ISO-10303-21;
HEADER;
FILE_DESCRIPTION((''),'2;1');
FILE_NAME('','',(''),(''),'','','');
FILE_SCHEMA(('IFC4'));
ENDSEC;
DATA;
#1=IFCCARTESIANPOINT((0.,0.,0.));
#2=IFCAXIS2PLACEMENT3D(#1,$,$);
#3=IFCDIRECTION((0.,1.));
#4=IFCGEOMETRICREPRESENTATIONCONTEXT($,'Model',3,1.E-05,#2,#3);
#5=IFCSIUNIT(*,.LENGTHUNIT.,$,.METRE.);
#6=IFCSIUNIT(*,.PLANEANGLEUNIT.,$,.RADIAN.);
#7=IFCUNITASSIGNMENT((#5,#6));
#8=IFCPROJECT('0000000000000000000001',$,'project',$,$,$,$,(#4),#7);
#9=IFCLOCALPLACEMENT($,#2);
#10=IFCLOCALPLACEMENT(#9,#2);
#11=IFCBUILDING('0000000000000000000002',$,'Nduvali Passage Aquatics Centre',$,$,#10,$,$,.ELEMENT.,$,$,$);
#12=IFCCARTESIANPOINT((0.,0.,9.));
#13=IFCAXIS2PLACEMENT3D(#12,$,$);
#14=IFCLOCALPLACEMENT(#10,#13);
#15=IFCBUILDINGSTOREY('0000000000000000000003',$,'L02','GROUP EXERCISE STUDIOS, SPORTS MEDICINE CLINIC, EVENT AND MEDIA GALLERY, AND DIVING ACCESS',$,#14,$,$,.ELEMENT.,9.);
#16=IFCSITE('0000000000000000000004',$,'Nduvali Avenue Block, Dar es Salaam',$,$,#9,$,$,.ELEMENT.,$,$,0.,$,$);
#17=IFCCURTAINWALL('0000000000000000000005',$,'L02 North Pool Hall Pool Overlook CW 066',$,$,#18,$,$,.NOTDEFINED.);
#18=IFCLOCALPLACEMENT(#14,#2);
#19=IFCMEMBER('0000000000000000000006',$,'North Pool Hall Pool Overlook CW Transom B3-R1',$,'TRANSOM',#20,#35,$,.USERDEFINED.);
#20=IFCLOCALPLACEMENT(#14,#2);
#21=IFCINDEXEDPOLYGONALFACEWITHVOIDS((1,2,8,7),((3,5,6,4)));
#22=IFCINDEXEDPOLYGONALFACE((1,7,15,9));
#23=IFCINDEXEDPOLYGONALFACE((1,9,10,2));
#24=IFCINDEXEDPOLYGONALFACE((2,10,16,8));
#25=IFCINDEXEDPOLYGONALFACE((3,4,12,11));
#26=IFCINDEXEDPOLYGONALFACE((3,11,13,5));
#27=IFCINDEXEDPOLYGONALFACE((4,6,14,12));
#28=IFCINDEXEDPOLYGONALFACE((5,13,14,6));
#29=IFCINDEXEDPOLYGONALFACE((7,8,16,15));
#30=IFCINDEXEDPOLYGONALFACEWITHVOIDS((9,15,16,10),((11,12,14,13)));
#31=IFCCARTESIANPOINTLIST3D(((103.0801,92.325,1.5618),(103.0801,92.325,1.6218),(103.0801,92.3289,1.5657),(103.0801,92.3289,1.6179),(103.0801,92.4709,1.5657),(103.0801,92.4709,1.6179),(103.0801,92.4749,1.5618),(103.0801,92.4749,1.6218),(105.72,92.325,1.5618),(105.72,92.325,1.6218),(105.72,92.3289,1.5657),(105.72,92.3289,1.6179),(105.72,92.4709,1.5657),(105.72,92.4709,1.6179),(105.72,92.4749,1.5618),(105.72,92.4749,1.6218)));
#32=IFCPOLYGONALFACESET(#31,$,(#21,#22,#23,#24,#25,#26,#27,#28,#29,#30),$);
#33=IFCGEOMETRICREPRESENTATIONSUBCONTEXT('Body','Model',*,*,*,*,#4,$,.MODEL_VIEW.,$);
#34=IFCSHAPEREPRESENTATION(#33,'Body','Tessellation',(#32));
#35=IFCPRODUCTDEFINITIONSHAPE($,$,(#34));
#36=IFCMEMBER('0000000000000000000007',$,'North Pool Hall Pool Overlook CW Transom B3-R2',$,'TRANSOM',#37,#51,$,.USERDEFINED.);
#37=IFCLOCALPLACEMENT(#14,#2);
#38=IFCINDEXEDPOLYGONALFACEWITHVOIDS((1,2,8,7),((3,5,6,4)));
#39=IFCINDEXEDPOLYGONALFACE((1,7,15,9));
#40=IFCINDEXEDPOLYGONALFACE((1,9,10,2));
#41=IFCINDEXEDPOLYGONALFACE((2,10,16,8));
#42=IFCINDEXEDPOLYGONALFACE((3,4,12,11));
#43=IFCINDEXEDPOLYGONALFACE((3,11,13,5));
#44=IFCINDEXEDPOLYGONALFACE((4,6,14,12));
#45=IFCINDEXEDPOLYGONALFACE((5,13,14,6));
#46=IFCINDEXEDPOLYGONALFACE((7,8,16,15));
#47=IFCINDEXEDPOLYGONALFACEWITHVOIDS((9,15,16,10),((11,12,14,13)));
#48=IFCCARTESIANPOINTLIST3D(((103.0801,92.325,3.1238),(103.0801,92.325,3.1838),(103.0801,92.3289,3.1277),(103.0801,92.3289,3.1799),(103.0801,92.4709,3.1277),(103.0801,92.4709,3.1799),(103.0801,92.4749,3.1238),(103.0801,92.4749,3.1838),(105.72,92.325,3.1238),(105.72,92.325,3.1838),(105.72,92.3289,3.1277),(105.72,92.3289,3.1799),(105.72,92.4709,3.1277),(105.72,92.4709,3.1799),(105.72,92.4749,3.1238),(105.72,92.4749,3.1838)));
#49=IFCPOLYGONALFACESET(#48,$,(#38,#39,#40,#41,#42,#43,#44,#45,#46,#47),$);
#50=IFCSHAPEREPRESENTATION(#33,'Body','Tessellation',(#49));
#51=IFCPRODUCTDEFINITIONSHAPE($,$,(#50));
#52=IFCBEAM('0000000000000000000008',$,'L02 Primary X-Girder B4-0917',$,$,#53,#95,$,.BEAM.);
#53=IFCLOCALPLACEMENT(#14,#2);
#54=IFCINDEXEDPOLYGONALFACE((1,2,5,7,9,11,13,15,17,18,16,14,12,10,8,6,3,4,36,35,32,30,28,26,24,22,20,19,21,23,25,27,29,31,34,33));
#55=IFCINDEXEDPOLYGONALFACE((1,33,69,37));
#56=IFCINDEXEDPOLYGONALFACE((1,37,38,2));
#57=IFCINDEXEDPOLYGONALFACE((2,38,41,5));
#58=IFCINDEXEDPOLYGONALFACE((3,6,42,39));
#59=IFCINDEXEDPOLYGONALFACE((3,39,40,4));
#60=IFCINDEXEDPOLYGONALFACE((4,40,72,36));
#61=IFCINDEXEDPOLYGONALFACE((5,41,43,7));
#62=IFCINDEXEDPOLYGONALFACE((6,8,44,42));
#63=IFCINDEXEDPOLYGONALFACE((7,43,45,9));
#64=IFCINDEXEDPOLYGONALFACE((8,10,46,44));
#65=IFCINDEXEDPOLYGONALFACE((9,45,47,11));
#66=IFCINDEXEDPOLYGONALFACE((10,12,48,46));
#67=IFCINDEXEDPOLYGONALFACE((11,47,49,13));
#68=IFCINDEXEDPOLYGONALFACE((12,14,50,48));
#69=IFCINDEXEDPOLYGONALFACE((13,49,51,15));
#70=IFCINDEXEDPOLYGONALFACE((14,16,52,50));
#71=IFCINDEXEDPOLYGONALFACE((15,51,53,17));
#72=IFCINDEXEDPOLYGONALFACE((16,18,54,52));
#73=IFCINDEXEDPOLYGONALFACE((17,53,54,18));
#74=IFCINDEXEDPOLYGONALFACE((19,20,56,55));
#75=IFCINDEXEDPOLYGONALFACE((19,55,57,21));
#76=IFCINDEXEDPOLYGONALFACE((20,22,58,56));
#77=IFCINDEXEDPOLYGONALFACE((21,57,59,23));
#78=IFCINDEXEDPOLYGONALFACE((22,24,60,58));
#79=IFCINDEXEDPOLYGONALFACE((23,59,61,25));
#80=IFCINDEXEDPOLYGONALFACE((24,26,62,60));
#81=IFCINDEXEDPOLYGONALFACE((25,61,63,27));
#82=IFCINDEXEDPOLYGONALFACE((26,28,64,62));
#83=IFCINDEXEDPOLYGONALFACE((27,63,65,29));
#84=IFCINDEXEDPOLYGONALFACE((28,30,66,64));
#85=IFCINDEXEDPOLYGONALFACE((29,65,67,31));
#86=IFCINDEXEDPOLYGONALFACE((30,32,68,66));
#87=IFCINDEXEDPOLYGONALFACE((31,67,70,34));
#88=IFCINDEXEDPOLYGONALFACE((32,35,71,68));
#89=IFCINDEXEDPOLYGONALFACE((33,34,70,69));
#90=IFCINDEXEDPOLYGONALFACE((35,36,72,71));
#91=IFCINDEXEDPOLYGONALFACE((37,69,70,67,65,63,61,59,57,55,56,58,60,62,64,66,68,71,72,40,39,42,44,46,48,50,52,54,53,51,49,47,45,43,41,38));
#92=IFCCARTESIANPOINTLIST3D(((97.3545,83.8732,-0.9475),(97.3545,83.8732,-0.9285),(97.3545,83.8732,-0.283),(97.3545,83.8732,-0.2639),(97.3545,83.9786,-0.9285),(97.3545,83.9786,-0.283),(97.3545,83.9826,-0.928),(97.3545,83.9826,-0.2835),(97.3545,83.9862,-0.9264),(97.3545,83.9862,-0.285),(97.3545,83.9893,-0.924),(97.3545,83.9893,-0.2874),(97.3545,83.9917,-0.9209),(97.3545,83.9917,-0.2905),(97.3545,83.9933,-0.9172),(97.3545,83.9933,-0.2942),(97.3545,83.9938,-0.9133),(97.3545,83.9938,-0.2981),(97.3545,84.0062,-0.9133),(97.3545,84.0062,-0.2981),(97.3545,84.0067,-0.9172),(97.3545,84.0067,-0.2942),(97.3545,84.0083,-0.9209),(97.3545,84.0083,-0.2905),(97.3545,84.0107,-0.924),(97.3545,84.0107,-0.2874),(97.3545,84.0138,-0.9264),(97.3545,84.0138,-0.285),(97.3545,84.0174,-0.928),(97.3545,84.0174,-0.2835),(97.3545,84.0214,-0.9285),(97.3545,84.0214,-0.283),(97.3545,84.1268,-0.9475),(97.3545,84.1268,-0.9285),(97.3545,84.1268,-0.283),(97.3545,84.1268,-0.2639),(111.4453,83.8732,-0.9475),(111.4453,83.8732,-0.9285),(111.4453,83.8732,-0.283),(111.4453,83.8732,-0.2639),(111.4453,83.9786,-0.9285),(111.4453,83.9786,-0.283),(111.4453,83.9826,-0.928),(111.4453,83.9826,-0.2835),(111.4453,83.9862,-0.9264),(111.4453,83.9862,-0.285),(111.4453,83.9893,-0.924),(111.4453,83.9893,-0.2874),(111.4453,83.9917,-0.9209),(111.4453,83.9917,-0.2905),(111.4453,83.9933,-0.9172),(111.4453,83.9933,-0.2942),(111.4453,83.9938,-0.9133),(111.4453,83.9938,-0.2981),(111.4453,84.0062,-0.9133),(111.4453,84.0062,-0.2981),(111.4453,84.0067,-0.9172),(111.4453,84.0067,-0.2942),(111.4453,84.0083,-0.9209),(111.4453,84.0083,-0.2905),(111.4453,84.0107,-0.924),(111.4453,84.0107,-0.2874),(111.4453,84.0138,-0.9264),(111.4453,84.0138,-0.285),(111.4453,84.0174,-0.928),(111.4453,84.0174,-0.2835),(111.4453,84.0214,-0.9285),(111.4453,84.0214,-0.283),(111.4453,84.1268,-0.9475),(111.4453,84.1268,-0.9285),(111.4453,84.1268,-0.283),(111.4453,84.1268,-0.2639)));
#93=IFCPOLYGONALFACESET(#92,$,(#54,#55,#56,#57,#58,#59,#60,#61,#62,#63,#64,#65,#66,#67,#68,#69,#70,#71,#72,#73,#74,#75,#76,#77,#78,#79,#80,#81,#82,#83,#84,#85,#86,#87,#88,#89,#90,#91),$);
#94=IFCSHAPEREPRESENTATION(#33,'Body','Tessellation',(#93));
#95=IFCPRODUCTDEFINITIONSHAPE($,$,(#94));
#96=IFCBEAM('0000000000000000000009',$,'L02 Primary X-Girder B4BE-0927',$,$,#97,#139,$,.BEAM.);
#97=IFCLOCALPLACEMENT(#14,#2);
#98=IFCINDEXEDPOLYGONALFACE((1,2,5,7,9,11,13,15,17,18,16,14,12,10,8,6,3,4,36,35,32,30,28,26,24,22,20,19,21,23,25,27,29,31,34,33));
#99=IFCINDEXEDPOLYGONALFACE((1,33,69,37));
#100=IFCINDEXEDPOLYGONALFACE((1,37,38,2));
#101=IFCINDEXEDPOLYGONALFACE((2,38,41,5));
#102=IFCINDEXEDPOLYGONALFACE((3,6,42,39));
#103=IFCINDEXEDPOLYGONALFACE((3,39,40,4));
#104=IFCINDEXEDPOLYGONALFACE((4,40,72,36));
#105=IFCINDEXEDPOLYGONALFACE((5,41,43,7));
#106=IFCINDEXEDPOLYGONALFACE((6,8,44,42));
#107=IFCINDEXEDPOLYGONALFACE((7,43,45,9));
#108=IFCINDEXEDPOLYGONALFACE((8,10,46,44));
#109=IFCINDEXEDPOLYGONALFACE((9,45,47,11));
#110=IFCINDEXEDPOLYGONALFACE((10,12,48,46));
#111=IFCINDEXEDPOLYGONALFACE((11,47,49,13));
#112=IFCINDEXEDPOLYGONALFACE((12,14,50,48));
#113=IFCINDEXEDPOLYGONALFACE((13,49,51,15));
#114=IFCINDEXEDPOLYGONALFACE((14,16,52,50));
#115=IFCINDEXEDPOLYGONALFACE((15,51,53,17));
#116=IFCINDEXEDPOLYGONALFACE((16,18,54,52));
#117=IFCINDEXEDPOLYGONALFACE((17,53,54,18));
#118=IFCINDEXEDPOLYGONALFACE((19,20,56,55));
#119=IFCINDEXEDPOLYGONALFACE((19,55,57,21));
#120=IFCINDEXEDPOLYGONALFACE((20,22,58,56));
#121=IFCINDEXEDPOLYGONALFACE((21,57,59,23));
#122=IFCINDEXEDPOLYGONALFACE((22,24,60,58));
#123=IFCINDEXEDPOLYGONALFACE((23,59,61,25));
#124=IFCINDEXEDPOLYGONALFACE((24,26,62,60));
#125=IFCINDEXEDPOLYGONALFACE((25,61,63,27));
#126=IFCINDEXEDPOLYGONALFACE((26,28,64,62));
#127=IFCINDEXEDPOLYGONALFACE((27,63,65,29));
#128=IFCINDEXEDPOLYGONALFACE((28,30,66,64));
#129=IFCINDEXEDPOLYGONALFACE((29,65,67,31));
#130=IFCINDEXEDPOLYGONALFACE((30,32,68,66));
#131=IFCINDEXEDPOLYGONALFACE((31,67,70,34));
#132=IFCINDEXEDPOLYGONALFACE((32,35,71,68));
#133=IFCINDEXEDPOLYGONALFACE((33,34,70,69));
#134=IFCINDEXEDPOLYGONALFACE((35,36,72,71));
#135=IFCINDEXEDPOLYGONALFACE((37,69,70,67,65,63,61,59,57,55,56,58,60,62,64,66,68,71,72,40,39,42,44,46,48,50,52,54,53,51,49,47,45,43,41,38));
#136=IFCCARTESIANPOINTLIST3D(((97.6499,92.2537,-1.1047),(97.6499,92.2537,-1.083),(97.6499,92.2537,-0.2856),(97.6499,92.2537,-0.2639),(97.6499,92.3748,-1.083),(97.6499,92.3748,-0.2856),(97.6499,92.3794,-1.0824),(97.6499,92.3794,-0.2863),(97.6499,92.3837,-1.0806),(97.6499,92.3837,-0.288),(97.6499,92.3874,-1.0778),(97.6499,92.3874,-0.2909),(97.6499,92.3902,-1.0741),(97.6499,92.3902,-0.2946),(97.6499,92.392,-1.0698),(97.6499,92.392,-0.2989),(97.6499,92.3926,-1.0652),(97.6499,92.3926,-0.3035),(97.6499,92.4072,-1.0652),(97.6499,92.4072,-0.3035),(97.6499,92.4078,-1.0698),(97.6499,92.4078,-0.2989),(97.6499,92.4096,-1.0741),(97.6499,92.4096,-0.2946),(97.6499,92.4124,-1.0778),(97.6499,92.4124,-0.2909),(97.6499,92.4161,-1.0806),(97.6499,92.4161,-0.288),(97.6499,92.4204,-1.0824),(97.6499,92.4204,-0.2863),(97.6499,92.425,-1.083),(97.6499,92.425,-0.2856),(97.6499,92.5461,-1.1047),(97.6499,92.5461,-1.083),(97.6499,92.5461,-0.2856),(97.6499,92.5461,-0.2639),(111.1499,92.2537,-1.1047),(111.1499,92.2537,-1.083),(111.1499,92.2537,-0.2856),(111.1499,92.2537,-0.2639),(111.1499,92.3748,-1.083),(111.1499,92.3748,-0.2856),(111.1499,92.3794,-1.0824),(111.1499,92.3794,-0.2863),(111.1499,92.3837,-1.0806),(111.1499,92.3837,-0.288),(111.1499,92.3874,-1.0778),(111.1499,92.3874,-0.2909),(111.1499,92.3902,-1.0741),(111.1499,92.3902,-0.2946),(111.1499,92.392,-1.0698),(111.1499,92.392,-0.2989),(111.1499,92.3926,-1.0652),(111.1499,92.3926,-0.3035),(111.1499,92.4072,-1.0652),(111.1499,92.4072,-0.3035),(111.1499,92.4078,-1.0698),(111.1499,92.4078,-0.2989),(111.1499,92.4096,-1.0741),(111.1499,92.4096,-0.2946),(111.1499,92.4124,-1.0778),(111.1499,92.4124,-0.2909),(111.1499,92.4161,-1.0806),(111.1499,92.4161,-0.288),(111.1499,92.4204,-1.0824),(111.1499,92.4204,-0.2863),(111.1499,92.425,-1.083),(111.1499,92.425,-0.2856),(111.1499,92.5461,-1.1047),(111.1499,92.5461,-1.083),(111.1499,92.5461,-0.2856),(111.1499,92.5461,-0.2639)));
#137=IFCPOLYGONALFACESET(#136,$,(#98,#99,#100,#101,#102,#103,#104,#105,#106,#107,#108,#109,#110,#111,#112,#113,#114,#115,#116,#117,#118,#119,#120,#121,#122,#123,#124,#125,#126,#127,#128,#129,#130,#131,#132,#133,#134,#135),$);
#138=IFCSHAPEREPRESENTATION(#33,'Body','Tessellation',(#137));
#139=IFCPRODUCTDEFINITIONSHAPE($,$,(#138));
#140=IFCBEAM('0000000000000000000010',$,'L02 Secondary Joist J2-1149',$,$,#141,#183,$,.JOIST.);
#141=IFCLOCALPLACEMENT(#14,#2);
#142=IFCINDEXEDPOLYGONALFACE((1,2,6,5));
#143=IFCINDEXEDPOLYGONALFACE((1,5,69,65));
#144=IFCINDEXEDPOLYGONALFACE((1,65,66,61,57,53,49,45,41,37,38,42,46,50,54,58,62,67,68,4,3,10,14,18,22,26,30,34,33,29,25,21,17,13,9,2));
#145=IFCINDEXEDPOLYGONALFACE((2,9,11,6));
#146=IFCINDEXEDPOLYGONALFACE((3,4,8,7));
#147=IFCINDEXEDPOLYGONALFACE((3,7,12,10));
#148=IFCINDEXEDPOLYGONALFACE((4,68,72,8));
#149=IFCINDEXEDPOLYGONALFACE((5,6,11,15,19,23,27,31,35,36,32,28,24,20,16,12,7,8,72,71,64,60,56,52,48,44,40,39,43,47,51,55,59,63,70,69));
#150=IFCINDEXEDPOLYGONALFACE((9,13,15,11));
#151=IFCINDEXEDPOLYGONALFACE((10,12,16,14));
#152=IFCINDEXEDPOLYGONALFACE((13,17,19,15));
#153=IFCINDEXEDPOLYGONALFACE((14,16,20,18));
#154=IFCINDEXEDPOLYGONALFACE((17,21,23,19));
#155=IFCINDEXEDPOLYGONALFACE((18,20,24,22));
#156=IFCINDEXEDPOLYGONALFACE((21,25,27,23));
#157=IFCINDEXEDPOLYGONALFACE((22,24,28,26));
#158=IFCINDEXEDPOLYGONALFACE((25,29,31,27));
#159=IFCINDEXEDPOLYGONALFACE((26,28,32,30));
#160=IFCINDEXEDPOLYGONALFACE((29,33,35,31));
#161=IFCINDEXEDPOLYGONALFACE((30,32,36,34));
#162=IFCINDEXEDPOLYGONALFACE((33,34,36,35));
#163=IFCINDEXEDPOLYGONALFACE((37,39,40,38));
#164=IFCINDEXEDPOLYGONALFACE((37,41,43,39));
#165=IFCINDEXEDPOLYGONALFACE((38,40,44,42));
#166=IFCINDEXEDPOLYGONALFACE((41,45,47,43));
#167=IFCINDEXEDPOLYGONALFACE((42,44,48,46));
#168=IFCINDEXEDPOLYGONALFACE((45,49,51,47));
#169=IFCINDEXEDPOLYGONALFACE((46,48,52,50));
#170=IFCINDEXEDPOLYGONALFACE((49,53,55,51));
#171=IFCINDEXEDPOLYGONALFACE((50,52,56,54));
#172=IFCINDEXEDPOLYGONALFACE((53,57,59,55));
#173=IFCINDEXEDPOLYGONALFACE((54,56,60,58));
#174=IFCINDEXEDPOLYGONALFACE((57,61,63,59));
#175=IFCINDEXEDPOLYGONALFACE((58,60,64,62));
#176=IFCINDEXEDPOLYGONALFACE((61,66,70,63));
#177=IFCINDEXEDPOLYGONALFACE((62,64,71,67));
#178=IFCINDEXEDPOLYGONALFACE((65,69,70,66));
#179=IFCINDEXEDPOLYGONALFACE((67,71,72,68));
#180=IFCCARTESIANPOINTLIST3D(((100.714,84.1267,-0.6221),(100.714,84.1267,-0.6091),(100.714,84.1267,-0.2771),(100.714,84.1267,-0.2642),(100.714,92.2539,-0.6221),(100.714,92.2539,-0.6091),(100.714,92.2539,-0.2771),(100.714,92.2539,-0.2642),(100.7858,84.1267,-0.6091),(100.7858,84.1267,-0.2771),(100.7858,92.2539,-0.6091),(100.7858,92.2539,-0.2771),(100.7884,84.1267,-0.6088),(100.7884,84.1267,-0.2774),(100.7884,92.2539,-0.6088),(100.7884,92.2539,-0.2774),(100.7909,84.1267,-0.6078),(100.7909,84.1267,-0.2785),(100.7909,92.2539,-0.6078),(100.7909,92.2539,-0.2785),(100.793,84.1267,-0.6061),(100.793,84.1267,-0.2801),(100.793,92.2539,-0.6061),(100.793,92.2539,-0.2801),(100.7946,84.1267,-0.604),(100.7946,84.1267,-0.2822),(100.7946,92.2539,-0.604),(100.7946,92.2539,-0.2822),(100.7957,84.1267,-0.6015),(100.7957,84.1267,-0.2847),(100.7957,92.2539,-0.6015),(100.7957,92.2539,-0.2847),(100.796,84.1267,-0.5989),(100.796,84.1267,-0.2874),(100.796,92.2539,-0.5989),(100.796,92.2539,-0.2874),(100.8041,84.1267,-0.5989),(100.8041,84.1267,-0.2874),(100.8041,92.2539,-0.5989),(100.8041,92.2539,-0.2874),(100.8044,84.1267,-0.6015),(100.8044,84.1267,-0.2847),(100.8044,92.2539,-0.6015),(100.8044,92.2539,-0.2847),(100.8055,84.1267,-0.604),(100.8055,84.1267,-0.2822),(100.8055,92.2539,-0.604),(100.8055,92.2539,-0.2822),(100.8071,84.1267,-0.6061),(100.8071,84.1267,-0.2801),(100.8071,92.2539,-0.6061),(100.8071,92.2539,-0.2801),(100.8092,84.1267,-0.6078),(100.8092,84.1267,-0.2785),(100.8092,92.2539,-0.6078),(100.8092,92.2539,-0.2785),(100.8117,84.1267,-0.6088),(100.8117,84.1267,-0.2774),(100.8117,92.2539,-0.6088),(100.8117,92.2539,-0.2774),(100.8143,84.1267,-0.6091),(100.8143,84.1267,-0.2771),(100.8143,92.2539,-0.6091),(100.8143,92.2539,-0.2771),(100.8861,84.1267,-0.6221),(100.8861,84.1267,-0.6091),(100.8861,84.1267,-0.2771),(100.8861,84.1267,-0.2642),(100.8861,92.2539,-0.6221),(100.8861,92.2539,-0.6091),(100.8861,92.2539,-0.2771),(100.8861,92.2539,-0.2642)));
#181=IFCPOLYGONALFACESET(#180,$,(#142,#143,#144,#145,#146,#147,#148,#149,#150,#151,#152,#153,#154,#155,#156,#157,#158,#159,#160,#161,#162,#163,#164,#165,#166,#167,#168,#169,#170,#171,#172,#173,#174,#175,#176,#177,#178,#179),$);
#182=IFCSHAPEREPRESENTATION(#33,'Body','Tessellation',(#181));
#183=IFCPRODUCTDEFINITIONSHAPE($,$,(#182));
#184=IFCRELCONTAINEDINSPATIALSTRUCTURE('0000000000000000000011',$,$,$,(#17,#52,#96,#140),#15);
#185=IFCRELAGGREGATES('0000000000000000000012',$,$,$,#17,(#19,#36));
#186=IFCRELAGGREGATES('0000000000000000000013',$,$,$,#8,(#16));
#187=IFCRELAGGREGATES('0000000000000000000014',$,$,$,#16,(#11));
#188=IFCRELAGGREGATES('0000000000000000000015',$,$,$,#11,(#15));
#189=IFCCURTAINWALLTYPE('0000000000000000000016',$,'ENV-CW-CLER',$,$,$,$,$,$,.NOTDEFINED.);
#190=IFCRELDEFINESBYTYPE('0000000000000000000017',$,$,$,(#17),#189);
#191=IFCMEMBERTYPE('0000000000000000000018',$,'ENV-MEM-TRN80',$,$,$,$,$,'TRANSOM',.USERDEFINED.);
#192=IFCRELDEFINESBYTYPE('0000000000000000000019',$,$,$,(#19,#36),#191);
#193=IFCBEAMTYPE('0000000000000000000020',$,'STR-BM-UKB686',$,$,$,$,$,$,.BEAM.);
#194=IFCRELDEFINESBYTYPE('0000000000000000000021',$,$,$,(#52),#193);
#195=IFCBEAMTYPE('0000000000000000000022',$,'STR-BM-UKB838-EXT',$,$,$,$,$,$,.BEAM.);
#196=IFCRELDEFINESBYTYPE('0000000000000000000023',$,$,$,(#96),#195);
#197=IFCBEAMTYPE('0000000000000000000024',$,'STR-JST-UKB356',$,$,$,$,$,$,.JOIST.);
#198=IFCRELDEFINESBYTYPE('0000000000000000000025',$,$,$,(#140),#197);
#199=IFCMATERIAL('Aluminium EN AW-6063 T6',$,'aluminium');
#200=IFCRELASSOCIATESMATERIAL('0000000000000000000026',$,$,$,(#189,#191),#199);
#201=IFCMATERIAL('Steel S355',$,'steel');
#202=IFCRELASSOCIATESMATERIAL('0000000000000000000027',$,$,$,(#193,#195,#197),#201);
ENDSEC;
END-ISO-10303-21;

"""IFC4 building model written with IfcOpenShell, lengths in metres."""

from ifc_helpers import new_model, si_unit, direction, frame, origin, origin_2d, place, context, subcontext, project, spatial, hollow_rectangle, i_section, extrude, material, material_profile, profile_set, type_object, element, aggregate, save


model = new_model("IFC4")

# Units and contexts
model_context = context("Model", 3, precision=1e-05, world=origin(), true_north=direction((0.0, 1.0)))
body_context = subcontext(model_context, "Body", "Model", "MODEL_VIEW")
ifc_project = project(units=[si_unit("LENGTHUNIT", "METRE"), si_unit("PLANEANGLEUNIT", "RADIAN")], contexts=[model_context])

# Site, building, storey
site_placement = place(None, origin())
site = spatial("IfcSite", under=ifc_project, at=site_placement, Name="Nduvali Avenue Block, Dar es Salaam", CompositionType="ELEMENT", RefElevation=0.0)
building_placement = place(site_placement, origin())
building = spatial("IfcBuilding", under=site, at=building_placement, Name="Nduvali Passage Aquatics Centre", CompositionType="ELEMENT")
storey_placement = place(building_placement, frame((0.0, 0.0, 9.0)))
storey = spatial("IfcBuildingStorey", under=building, at=storey_placement, Name="L02", Description="GROUP EXERCISE STUDIOS, SPORTS MEDICINE CLINIC, EVENT AND MEDIA GALLERY, AND DIVING ACCESS", CompositionType="ELEMENT", Elevation=9.0)

# Curtain wall, members
ifc_material_1 = material(Name="Aluminium EN AW-6063 T6", Category="aluminium")
curtain_wall_type = type_object("IfcCurtainWallType", Name="ENV-CW-CLER", PredefinedType="NOTDEFINED", material=ifc_material_1)
curtain_wall_placement = place(storey_placement, origin())
curtain_wall = element("IfcCurtainWall", 1, at=curtain_wall_placement, inside=storey, type_object=curtain_wall_type, Name="L02 North Pool Hall Pool Overlook CW 066", PredefinedType="NOTDEFINED")
ifc_material_profile_1 = material_profile(ifc_material_1, hollow_rectangle(XDim=0.1499, YDim=0.0601, WallThickness=0.0039, at=origin_2d()), Name="ALU TRANSOM 150x60x4")
ifc_profile_set_1 = profile_set([ifc_material_profile_1], Name="Aluminium EN AW-6063 T6")
member_type_1 = type_object("IfcMemberType", Name="ENV-MEM-TRN80", ElementType="TRANSOM", PredefinedType="USERDEFINED", material=ifc_profile_set_1)
member_1_placement = place(storey_placement, frame((103.0801, 92.3999, 1.5918), z_axis=(1.0, 0.0, 0.0), x_axis=(0.0, 1.0, 0.0)))
member_1 = element("IfcMember", 2, at=member_1_placement, type_object=member_type_1, Name="North Pool Hall Pool Overlook CW Transom B3-R1", ObjectType="TRANSOM", PredefinedType="USERDEFINED", context=body_context, shape_type="SweptSolid", body=[
    extrude(hollow_rectangle(XDim=0.1499, YDim=0.0601, WallThickness=0.0039, at=origin_2d()), origin(), (0.0, 0.0, 1.0), 2.6399),
])
member_2_placement = place(storey_placement, frame((103.0801, 92.3999, 3.1538), z_axis=(1.0, 0.0, 0.0), x_axis=(0.0, 1.0, 0.0)))
member_2 = element("IfcMember", 3, at=member_2_placement, type_object=member_type_1, Name="North Pool Hall Pool Overlook CW Transom B3-R2", ObjectType="TRANSOM", PredefinedType="USERDEFINED", context=body_context, shape_type="SweptSolid", body=[
    extrude(hollow_rectangle(XDim=0.1499, YDim=0.0601, WallThickness=0.0039, at=origin_2d()), origin(), (0.0, 0.0, 1.0), 2.6399),
])

# Beams
ifc_material_2 = material(Name="Steel S355", Category="steel")
ifc_material_profile_2 = material_profile(ifc_material_2, i_section(OverallWidth=0.2537, OverallDepth=0.6836, WebThickness=0.0125, FlangeThickness=0.019, FilletRadius=0.0151, at=origin_2d()), Name="UKB 686x254x140")
ifc_profile_set_2 = profile_set([ifc_material_profile_2], Name="Steel S355")
beam_type_1 = type_object("IfcBeamType", Name="STR-BM-UKB686", PredefinedType="BEAM", material=ifc_profile_set_2)
beam_1_placement = place(storey_placement, frame((97.3545, 84.0, -0.6057), z_axis=(1.0, 0.0, 0.0), x_axis=(0.0, 1.0, 0.0)))
element("IfcBeam", 4, at=beam_1_placement, inside=storey, type_object=beam_type_1, Name="L02 Primary X-Girder B4-0917", PredefinedType="BEAM", context=body_context, shape_type="SweptSolid", body=[
    extrude(i_section(OverallWidth=0.2537, OverallDepth=0.6836, WebThickness=0.0125, FlangeThickness=0.019, FilletRadius=0.0151, at=origin_2d()), origin(), (0.0, 0.0, 1.0), 14.0908),
])
ifc_material_profile_3 = material_profile(ifc_material_2, i_section(OverallWidth=0.2925, OverallDepth=0.8408, WebThickness=0.0146, FlangeThickness=0.0217, FilletRadius=0.0178, at=origin_2d()), Name="UKB 838x292x194")
ifc_profile_set_3 = profile_set([ifc_material_profile_3], Name="Steel S355")
beam_type_2 = type_object("IfcBeamType", Name="STR-BM-UKB838-EXT", PredefinedType="BEAM", material=ifc_profile_set_3)
beam_2_placement = place(storey_placement, frame((97.6499, 92.3999, -0.6843), z_axis=(1.0, 0.0, 0.0), x_axis=(0.0, 1.0, 0.0)))
element("IfcBeam", 5, at=beam_2_placement, inside=storey, type_object=beam_type_2, Name="L02 Primary X-Girder B4BE-0927", PredefinedType="BEAM", context=body_context, shape_type="SweptSolid", body=[
    extrude(i_section(OverallWidth=0.2925, OverallDepth=0.8408, WebThickness=0.0146, FlangeThickness=0.0217, FilletRadius=0.0178, at=origin_2d()), origin(), (0.0, 0.0, 1.0), 13.5),
])
ifc_material_profile_4 = material_profile(ifc_material_2, i_section(OverallWidth=0.1721, OverallDepth=0.3579, WebThickness=0.0081, FlangeThickness=0.0129, FilletRadius=0.0103, at=origin_2d()), Name="UKB 356x171x57")
ifc_profile_set_4 = profile_set([ifc_material_profile_4], Name="Steel S355")
beam_type_3 = type_object("IfcBeamType", Name="STR-JST-UKB356", PredefinedType="JOIST", material=ifc_profile_set_4)
for number, where, z_axis, x_axis, name in (
    (6, (100.8, 84.1267, -0.4431), (0.0, 1.0, 0.0), (-1.0, 0.0, 0.0), "L02 Secondary Joist J2-1149"),
):
    element("IfcBeam", number, at=place(storey_placement, frame(where, z_axis=z_axis, x_axis=x_axis)), inside=storey, type_object=beam_type_3, Name=name, PredefinedType="JOIST", context=body_context, shape_type="SweptSolid", body=[
        extrude(i_section(OverallWidth=0.1721, OverallDepth=0.3579, WebThickness=0.0081, FlangeThickness=0.0129, FilletRadius=0.0103, at=origin_2d()), origin(), (0.0, 0.0, 1.0), 8.1272),
    ])

aggregate(curtain_wall, [member_1, member_2])

save(model, "model.ifc")
